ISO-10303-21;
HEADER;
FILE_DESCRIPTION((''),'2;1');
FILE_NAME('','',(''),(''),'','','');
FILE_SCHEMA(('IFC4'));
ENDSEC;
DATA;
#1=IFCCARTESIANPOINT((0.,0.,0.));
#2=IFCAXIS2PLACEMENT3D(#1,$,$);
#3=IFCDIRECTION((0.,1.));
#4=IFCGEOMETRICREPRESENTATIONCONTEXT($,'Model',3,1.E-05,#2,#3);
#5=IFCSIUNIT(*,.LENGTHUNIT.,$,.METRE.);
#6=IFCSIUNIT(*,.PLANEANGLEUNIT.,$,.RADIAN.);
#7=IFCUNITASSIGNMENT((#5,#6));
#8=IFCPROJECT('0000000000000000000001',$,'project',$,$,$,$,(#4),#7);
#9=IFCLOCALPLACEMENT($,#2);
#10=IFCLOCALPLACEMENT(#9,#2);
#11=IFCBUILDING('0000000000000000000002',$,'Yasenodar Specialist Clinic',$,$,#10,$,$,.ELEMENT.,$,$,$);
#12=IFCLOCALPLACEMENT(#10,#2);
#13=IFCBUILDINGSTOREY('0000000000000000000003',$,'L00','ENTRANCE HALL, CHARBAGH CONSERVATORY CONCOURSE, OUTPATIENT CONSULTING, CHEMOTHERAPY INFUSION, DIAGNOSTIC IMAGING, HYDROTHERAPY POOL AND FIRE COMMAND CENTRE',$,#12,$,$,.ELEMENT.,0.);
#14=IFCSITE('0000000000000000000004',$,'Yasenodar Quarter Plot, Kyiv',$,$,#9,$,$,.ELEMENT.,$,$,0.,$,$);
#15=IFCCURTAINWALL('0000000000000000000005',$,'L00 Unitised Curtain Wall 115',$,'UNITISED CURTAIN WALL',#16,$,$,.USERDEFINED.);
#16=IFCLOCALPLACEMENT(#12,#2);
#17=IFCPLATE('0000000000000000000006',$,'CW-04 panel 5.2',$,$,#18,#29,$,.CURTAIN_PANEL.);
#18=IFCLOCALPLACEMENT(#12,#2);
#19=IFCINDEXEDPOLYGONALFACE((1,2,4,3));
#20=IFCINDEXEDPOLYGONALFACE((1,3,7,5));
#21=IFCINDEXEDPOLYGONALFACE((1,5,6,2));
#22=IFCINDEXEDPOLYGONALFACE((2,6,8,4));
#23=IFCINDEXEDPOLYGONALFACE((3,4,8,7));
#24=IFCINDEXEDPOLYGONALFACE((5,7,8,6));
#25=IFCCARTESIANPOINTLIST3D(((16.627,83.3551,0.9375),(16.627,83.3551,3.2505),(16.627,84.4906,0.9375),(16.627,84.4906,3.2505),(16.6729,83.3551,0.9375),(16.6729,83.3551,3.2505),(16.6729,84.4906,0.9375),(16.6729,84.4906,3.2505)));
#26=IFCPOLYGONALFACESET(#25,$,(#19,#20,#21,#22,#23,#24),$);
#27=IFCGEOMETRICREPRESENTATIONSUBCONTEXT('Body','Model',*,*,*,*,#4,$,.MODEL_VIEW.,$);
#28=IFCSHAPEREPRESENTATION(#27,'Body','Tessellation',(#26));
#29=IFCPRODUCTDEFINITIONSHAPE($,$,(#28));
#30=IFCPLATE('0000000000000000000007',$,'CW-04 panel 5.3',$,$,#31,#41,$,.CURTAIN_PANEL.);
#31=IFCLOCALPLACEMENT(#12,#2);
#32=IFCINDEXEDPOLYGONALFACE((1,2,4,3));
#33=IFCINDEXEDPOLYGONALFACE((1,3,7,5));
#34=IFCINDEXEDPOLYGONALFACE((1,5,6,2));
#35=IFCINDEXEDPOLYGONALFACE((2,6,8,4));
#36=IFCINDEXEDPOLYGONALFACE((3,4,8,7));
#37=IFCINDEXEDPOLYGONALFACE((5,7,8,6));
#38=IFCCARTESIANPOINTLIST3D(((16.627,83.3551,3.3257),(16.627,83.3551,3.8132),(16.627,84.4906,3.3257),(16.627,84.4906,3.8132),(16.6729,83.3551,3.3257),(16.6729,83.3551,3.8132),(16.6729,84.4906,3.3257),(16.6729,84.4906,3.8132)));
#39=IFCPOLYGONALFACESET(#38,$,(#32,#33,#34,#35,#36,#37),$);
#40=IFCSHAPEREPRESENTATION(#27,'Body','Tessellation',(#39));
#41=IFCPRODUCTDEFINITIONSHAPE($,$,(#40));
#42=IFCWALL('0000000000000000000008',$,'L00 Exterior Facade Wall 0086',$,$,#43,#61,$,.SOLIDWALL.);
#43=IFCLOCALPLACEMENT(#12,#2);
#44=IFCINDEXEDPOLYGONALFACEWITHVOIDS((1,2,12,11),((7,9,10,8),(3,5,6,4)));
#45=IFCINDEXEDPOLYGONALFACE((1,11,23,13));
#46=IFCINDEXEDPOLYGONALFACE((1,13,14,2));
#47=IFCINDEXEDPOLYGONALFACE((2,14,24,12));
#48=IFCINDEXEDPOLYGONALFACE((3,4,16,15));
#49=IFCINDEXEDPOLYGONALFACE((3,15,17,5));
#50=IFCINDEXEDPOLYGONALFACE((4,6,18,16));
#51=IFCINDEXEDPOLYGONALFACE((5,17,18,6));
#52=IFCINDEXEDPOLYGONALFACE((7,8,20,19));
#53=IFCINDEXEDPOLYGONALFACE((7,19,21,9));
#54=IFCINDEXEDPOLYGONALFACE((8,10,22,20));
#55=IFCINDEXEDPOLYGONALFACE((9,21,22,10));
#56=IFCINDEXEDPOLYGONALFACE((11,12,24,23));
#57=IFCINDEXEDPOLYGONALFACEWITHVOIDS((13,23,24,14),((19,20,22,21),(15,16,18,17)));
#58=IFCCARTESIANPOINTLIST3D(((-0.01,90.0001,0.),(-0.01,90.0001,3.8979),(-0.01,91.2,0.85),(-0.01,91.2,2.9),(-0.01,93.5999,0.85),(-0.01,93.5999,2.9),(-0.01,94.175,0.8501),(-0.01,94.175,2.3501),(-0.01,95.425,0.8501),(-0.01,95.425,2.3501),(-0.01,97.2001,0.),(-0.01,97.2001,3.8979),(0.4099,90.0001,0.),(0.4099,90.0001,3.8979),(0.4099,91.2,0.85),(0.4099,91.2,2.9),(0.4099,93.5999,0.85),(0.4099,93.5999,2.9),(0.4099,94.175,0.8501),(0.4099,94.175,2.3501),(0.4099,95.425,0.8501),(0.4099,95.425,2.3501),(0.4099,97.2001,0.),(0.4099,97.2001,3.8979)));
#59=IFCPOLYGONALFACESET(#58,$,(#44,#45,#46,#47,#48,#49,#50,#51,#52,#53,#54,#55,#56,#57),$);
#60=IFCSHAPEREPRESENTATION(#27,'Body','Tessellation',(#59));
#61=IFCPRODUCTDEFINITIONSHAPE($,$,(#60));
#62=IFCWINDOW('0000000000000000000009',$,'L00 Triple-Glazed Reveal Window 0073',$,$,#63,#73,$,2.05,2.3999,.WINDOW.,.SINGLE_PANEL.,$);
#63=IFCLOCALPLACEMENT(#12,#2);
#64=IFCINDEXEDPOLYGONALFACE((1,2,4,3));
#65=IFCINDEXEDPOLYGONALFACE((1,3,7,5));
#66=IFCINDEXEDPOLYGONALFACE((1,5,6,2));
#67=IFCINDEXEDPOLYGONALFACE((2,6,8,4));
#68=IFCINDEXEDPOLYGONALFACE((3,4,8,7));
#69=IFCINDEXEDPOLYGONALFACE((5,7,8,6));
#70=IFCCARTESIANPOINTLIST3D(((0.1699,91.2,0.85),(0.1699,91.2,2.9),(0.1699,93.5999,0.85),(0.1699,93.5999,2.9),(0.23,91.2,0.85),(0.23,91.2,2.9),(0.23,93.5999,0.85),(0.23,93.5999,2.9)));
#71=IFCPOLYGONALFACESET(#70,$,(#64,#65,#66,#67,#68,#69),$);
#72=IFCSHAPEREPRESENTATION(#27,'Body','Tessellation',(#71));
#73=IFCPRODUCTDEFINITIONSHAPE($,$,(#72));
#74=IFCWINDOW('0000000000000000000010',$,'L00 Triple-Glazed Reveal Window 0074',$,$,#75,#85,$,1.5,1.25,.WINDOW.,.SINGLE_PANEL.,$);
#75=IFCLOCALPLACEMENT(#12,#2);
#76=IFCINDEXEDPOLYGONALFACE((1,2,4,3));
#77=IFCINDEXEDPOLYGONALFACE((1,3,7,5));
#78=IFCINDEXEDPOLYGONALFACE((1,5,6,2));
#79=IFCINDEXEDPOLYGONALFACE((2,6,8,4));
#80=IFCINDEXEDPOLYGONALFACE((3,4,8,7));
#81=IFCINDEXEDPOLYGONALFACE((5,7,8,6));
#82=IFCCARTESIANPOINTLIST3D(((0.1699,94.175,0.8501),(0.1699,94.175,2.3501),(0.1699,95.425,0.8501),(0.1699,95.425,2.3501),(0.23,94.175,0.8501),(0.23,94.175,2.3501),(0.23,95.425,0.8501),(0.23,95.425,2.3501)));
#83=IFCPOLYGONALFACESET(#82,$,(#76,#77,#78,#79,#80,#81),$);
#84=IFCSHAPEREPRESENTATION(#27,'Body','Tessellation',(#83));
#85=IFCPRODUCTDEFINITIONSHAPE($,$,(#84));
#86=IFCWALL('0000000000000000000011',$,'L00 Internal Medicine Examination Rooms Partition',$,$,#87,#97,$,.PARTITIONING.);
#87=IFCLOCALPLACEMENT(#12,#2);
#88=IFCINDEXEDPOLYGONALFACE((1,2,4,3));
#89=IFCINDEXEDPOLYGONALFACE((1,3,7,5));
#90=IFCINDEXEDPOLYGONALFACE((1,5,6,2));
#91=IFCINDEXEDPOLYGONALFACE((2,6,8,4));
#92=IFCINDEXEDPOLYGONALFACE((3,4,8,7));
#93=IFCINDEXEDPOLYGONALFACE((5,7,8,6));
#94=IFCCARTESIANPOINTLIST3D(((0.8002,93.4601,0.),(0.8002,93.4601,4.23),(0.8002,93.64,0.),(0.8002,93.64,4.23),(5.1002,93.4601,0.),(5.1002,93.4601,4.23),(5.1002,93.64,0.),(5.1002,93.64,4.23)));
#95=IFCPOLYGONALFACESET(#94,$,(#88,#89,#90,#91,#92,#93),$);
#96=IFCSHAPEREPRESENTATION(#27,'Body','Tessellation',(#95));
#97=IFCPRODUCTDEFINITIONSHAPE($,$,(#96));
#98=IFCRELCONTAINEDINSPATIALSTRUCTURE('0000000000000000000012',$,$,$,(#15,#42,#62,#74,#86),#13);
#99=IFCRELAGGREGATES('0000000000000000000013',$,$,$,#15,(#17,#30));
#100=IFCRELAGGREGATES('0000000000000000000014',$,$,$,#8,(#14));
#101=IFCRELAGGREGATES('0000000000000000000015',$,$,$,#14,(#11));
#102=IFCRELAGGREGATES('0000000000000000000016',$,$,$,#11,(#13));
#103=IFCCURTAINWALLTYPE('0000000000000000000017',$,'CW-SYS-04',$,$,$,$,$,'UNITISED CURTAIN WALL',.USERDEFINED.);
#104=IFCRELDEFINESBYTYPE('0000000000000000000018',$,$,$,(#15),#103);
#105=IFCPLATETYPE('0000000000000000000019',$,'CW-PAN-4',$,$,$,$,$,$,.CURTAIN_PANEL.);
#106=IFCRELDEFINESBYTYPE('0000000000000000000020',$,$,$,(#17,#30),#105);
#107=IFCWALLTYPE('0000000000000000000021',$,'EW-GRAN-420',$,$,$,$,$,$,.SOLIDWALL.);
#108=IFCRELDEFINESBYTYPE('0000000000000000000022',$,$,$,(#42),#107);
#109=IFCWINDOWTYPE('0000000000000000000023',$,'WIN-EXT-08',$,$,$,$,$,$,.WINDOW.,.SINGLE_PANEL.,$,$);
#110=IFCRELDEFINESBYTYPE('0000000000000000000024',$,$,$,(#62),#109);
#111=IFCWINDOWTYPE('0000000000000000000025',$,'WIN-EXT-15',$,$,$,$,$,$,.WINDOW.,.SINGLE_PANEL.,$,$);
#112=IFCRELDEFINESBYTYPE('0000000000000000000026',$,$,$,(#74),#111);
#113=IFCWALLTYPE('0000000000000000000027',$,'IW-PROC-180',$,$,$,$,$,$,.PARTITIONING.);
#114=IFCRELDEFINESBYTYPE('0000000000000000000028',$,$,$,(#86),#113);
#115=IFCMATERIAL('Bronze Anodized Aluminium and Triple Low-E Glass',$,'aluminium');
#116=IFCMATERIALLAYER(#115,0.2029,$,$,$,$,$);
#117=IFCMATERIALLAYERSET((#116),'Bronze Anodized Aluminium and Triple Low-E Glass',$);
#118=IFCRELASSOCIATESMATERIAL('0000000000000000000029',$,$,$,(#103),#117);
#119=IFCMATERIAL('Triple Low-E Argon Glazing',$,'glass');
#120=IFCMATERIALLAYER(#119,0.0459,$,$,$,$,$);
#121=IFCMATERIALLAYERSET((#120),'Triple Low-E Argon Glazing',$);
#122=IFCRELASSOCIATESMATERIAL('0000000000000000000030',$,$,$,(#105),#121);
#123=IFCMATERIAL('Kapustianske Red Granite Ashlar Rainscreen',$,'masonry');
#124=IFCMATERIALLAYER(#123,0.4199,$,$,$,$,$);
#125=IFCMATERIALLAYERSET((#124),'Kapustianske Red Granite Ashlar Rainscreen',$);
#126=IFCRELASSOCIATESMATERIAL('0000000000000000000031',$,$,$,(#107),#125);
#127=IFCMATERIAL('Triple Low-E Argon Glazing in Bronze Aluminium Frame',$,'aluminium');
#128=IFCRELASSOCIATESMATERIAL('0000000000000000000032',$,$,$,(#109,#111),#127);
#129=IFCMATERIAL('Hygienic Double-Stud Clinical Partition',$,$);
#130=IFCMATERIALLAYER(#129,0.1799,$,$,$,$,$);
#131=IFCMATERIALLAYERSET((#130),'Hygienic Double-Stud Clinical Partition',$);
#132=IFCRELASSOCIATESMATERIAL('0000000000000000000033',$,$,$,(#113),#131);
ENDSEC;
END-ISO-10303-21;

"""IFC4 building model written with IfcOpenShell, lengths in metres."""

from ifc_helpers import new_model, si_unit, direction, frame, frame_2d, origin, origin_2d, place, context, subcontext, project, spatial, rectangle, extrude, material, layer, layer_set, type_object, element, fill, aggregate, save


model = new_model("IFC4")

# Units and contexts
model_context = context("Model", 3, precision=1e-05, world=origin(), true_north=direction((0.0, 1.0)))
body_context = subcontext(model_context, "Body", "Model", "MODEL_VIEW")
ifc_project = project(units=[si_unit("LENGTHUNIT", "METRE"), si_unit("PLANEANGLEUNIT", "RADIAN")], contexts=[model_context])

# Site, building, storey
site_placement = place(None, origin())
site = spatial("IfcSite", under=ifc_project, at=site_placement, Name="Yasenodar Quarter Plot, Kyiv", CompositionType="ELEMENT", RefElevation=0.0)
building_placement = place(site_placement, origin())
building = spatial("IfcBuilding", under=site, at=building_placement, Name="Yasenodar Specialist Clinic", CompositionType="ELEMENT")
storey_placement = place(building_placement, origin())
storey = spatial("IfcBuildingStorey", under=building, at=storey_placement, Name="L00", Description="ENTRANCE HALL, CHARBAGH CONSERVATORY CONCOURSE, OUTPATIENT CONSULTING, CHEMOTHERAPY INFUSION, DIAGNOSTIC IMAGING, HYDROTHERAPY POOL AND FIRE COMMAND CENTRE", CompositionType="ELEMENT", Elevation=0.0)

# Curtain wall
ifc_material_1 = material(Name="Bronze Anodized Aluminium and Triple Low-E Glass", Category="aluminium")
ifc_layer_1 = layer(ifc_material_1, 0.2029)
ifc_layer_set_1 = layer_set([ifc_layer_1], Name="Bronze Anodized Aluminium and Triple Low-E Glass")
curtain_wall_type = type_object("IfcCurtainWallType", Name="CW-SYS-04", ElementType="UNITISED CURTAIN WALL", PredefinedType="USERDEFINED", material=ifc_layer_set_1)
curtain_wall_placement = place(storey_placement, origin())
curtain_wall = element("IfcCurtainWall", 1, at=curtain_wall_placement, inside=storey, type_object=curtain_wall_type, Name="L00 Unitised Curtain Wall 115", ObjectType="UNITISED CURTAIN WALL", PredefinedType="USERDEFINED")

# Plates
ifc_material_2 = material(Name="Triple Low-E Argon Glazing", Category="glass")
ifc_layer_2 = layer(ifc_material_2, 0.0459)
ifc_layer_set_2 = layer_set([ifc_layer_2], Name="Triple Low-E Argon Glazing")
plate_type = type_object("IfcPlateType", Name="CW-PAN-4", PredefinedType="CURTAIN_PANEL", material=ifc_layer_set_2)
plate_1_placement = place(storey_placement, frame((16.6499, 83.9229, 0.9375), z_axis=(0.0, 0.0, 1.0), x_axis=(0.0, -1.0, 0.0)))
plate_1 = element("IfcPlate", 2, at=plate_1_placement, type_object=plate_type, Name="CW-04 panel 5.2", PredefinedType="CURTAIN_PANEL", context=body_context, shape_type="SweptSolid", body=[
    extrude(rectangle(XDim=1.1355, YDim=0.0459, at=origin_2d()), origin(), (0.0, 0.0, 1.0), 2.313),
])
plate_2_placement = place(storey_placement, frame((16.6499, 83.9229, 3.3257), z_axis=(0.0, 0.0, 1.0), x_axis=(0.0, -1.0, 0.0)))
plate_2 = element("IfcPlate", 3, at=plate_2_placement, type_object=plate_type, Name="CW-04 panel 5.3", PredefinedType="CURTAIN_PANEL", context=body_context, shape_type="SweptSolid", body=[
    extrude(rectangle(XDim=1.1355, YDim=0.0459, at=origin_2d()), origin(), (0.0, 0.0, 1.0), 0.4875),
])
aggregate(curtain_wall, [plate_1, plate_2])

# Wall, openings, windows
ifc_material_3 = material(Name="Kapustianske Red Granite Ashlar Rainscreen", Category="masonry")
ifc_layer_3 = layer(ifc_material_3, 0.4199)
ifc_layer_set_3 = layer_set([ifc_layer_3], Name="Kapustianske Red Granite Ashlar Rainscreen")
wall_type_1 = type_object("IfcWallType", Name="EW-GRAN-420", PredefinedType="SOLIDWALL", material=ifc_layer_set_3)
wall_1_placement = place(storey_placement, frame((0.2, 90.0, 0.0), z_axis=(0.0, 0.0, 1.0), x_axis=(0.0, 1.0, 0.0)))
wall_1 = element("IfcWall", 4, at=wall_1_placement, inside=storey, type_object=wall_type_1, Name="L00 Exterior Facade Wall 0086", PredefinedType="SOLIDWALL", context=body_context, shape_type="SweptSolid", body=[
    extrude(rectangle(XDim=7.2, YDim=0.4199, at=frame_2d((3.6001, 0.0))), origin(), (0.0, 0.0, 1.0), 3.8979),
])
opening_1_placement = place(wall_1_placement, frame((1.2, 0.0, 0.8501)))
opening_1 = element("IfcOpeningElement", 5, at=opening_1_placement, cuts=wall_1, PredefinedType="OPENING", context=body_context, shape_type="SweptSolid", body=[
    extrude(rectangle(XDim=2.3999, YDim=2.05, at=frame_2d((1.2, 1.0249))), frame((0.0, 0.22, 0.0), z_axis=(0.0, -1.0, 0.0), x_axis=(1.0, 0.0, 0.0)), (0.0, 0.0, 1.0), 0.4399),
])
opening_2_placement = place(wall_1_placement, frame((4.175, 0.0, 0.8501)))
opening_2 = element("IfcOpeningElement", 6, at=opening_2_placement, cuts=wall_1, PredefinedType="OPENING", context=body_context, shape_type="SweptSolid", body=[
    extrude(rectangle(XDim=1.25, YDim=1.5, at=frame_2d((0.625, 0.75))), frame((0.0, 0.22, 0.0), z_axis=(0.0, -1.0, 0.0), x_axis=(1.0, 0.0, 0.0)), (0.0, 0.0, 1.0), 0.4399),
])
ifc_material_4 = material(Name="Triple Low-E Argon Glazing in Bronze Aluminium Frame", Category="aluminium")
window_type_1 = type_object("IfcWindowType", Name="WIN-EXT-08", PartitioningType="SINGLE_PANEL", PredefinedType="WINDOW", material=ifc_material_4)
window_1_placement = place(opening_1_placement, origin())
window_1 = element("IfcWindow", 7, at=window_1_placement, inside=storey, type_object=window_type_1, Name="L00 Triple-Glazed Reveal Window 0073", OverallHeight=2.05, OverallWidth=2.3999, PartitioningType="SINGLE_PANEL", PredefinedType="WINDOW", context=body_context, shape_type="SweptSolid", body=[
    extrude(rectangle(XDim=2.3999, YDim=2.05, at=frame_2d((1.2, 1.0249))), frame((0.0, 0.03, 0.0), z_axis=(0.0, -1.0, 0.0), x_axis=(1.0, 0.0, 0.0)), (0.0, 0.0, 1.0), 0.0601),
])
fill(opening_1, window_1)
window_type_2 = type_object("IfcWindowType", Name="WIN-EXT-15", PartitioningType="SINGLE_PANEL", PredefinedType="WINDOW", material=ifc_material_4)
window_2_placement = place(opening_2_placement, origin())
window_2 = element("IfcWindow", 8, at=window_2_placement, inside=storey, type_object=window_type_2, Name="L00 Triple-Glazed Reveal Window 0074", OverallHeight=1.5, OverallWidth=1.25, PartitioningType="SINGLE_PANEL", PredefinedType="WINDOW", context=body_context, shape_type="SweptSolid", body=[
    extrude(rectangle(XDim=1.25, YDim=1.5, at=frame_2d((0.625, 0.75))), frame((0.0, 0.03, 0.0), z_axis=(0.0, -1.0, 0.0), x_axis=(1.0, 0.0, 0.0)), (0.0, 0.0, 1.0), 0.0601),
])
fill(opening_2, window_2)

# Wall
ifc_material_5 = material(Name="Hygienic Double-Stud Clinical Partition")
ifc_layer_4 = layer(ifc_material_5, 0.1799)
ifc_layer_set_4 = layer_set([ifc_layer_4], Name="Hygienic Double-Stud Clinical Partition")
wall_type_2 = type_object("IfcWallType", Name="IW-PROC-180", PredefinedType="PARTITIONING", material=ifc_layer_set_4)
wall_2_placement = place(storey_placement, frame((5.1001, 93.55, 0.0), z_axis=(0.0, 0.0, 1.0), x_axis=(-1.0, 0.0, 0.0)))
element("IfcWall", 9, at=wall_2_placement, inside=storey, type_object=wall_type_2, Name="L00 Internal Medicine Examination Rooms Partition", PredefinedType="PARTITIONING", context=body_context, shape_type="SweptSolid", body=[
    extrude(rectangle(XDim=4.3, YDim=0.1799, at=frame_2d((2.1499, 0.0))), origin(), (0.0, 0.0, 1.0), 4.23),
])

save(model, "model.ifc")
